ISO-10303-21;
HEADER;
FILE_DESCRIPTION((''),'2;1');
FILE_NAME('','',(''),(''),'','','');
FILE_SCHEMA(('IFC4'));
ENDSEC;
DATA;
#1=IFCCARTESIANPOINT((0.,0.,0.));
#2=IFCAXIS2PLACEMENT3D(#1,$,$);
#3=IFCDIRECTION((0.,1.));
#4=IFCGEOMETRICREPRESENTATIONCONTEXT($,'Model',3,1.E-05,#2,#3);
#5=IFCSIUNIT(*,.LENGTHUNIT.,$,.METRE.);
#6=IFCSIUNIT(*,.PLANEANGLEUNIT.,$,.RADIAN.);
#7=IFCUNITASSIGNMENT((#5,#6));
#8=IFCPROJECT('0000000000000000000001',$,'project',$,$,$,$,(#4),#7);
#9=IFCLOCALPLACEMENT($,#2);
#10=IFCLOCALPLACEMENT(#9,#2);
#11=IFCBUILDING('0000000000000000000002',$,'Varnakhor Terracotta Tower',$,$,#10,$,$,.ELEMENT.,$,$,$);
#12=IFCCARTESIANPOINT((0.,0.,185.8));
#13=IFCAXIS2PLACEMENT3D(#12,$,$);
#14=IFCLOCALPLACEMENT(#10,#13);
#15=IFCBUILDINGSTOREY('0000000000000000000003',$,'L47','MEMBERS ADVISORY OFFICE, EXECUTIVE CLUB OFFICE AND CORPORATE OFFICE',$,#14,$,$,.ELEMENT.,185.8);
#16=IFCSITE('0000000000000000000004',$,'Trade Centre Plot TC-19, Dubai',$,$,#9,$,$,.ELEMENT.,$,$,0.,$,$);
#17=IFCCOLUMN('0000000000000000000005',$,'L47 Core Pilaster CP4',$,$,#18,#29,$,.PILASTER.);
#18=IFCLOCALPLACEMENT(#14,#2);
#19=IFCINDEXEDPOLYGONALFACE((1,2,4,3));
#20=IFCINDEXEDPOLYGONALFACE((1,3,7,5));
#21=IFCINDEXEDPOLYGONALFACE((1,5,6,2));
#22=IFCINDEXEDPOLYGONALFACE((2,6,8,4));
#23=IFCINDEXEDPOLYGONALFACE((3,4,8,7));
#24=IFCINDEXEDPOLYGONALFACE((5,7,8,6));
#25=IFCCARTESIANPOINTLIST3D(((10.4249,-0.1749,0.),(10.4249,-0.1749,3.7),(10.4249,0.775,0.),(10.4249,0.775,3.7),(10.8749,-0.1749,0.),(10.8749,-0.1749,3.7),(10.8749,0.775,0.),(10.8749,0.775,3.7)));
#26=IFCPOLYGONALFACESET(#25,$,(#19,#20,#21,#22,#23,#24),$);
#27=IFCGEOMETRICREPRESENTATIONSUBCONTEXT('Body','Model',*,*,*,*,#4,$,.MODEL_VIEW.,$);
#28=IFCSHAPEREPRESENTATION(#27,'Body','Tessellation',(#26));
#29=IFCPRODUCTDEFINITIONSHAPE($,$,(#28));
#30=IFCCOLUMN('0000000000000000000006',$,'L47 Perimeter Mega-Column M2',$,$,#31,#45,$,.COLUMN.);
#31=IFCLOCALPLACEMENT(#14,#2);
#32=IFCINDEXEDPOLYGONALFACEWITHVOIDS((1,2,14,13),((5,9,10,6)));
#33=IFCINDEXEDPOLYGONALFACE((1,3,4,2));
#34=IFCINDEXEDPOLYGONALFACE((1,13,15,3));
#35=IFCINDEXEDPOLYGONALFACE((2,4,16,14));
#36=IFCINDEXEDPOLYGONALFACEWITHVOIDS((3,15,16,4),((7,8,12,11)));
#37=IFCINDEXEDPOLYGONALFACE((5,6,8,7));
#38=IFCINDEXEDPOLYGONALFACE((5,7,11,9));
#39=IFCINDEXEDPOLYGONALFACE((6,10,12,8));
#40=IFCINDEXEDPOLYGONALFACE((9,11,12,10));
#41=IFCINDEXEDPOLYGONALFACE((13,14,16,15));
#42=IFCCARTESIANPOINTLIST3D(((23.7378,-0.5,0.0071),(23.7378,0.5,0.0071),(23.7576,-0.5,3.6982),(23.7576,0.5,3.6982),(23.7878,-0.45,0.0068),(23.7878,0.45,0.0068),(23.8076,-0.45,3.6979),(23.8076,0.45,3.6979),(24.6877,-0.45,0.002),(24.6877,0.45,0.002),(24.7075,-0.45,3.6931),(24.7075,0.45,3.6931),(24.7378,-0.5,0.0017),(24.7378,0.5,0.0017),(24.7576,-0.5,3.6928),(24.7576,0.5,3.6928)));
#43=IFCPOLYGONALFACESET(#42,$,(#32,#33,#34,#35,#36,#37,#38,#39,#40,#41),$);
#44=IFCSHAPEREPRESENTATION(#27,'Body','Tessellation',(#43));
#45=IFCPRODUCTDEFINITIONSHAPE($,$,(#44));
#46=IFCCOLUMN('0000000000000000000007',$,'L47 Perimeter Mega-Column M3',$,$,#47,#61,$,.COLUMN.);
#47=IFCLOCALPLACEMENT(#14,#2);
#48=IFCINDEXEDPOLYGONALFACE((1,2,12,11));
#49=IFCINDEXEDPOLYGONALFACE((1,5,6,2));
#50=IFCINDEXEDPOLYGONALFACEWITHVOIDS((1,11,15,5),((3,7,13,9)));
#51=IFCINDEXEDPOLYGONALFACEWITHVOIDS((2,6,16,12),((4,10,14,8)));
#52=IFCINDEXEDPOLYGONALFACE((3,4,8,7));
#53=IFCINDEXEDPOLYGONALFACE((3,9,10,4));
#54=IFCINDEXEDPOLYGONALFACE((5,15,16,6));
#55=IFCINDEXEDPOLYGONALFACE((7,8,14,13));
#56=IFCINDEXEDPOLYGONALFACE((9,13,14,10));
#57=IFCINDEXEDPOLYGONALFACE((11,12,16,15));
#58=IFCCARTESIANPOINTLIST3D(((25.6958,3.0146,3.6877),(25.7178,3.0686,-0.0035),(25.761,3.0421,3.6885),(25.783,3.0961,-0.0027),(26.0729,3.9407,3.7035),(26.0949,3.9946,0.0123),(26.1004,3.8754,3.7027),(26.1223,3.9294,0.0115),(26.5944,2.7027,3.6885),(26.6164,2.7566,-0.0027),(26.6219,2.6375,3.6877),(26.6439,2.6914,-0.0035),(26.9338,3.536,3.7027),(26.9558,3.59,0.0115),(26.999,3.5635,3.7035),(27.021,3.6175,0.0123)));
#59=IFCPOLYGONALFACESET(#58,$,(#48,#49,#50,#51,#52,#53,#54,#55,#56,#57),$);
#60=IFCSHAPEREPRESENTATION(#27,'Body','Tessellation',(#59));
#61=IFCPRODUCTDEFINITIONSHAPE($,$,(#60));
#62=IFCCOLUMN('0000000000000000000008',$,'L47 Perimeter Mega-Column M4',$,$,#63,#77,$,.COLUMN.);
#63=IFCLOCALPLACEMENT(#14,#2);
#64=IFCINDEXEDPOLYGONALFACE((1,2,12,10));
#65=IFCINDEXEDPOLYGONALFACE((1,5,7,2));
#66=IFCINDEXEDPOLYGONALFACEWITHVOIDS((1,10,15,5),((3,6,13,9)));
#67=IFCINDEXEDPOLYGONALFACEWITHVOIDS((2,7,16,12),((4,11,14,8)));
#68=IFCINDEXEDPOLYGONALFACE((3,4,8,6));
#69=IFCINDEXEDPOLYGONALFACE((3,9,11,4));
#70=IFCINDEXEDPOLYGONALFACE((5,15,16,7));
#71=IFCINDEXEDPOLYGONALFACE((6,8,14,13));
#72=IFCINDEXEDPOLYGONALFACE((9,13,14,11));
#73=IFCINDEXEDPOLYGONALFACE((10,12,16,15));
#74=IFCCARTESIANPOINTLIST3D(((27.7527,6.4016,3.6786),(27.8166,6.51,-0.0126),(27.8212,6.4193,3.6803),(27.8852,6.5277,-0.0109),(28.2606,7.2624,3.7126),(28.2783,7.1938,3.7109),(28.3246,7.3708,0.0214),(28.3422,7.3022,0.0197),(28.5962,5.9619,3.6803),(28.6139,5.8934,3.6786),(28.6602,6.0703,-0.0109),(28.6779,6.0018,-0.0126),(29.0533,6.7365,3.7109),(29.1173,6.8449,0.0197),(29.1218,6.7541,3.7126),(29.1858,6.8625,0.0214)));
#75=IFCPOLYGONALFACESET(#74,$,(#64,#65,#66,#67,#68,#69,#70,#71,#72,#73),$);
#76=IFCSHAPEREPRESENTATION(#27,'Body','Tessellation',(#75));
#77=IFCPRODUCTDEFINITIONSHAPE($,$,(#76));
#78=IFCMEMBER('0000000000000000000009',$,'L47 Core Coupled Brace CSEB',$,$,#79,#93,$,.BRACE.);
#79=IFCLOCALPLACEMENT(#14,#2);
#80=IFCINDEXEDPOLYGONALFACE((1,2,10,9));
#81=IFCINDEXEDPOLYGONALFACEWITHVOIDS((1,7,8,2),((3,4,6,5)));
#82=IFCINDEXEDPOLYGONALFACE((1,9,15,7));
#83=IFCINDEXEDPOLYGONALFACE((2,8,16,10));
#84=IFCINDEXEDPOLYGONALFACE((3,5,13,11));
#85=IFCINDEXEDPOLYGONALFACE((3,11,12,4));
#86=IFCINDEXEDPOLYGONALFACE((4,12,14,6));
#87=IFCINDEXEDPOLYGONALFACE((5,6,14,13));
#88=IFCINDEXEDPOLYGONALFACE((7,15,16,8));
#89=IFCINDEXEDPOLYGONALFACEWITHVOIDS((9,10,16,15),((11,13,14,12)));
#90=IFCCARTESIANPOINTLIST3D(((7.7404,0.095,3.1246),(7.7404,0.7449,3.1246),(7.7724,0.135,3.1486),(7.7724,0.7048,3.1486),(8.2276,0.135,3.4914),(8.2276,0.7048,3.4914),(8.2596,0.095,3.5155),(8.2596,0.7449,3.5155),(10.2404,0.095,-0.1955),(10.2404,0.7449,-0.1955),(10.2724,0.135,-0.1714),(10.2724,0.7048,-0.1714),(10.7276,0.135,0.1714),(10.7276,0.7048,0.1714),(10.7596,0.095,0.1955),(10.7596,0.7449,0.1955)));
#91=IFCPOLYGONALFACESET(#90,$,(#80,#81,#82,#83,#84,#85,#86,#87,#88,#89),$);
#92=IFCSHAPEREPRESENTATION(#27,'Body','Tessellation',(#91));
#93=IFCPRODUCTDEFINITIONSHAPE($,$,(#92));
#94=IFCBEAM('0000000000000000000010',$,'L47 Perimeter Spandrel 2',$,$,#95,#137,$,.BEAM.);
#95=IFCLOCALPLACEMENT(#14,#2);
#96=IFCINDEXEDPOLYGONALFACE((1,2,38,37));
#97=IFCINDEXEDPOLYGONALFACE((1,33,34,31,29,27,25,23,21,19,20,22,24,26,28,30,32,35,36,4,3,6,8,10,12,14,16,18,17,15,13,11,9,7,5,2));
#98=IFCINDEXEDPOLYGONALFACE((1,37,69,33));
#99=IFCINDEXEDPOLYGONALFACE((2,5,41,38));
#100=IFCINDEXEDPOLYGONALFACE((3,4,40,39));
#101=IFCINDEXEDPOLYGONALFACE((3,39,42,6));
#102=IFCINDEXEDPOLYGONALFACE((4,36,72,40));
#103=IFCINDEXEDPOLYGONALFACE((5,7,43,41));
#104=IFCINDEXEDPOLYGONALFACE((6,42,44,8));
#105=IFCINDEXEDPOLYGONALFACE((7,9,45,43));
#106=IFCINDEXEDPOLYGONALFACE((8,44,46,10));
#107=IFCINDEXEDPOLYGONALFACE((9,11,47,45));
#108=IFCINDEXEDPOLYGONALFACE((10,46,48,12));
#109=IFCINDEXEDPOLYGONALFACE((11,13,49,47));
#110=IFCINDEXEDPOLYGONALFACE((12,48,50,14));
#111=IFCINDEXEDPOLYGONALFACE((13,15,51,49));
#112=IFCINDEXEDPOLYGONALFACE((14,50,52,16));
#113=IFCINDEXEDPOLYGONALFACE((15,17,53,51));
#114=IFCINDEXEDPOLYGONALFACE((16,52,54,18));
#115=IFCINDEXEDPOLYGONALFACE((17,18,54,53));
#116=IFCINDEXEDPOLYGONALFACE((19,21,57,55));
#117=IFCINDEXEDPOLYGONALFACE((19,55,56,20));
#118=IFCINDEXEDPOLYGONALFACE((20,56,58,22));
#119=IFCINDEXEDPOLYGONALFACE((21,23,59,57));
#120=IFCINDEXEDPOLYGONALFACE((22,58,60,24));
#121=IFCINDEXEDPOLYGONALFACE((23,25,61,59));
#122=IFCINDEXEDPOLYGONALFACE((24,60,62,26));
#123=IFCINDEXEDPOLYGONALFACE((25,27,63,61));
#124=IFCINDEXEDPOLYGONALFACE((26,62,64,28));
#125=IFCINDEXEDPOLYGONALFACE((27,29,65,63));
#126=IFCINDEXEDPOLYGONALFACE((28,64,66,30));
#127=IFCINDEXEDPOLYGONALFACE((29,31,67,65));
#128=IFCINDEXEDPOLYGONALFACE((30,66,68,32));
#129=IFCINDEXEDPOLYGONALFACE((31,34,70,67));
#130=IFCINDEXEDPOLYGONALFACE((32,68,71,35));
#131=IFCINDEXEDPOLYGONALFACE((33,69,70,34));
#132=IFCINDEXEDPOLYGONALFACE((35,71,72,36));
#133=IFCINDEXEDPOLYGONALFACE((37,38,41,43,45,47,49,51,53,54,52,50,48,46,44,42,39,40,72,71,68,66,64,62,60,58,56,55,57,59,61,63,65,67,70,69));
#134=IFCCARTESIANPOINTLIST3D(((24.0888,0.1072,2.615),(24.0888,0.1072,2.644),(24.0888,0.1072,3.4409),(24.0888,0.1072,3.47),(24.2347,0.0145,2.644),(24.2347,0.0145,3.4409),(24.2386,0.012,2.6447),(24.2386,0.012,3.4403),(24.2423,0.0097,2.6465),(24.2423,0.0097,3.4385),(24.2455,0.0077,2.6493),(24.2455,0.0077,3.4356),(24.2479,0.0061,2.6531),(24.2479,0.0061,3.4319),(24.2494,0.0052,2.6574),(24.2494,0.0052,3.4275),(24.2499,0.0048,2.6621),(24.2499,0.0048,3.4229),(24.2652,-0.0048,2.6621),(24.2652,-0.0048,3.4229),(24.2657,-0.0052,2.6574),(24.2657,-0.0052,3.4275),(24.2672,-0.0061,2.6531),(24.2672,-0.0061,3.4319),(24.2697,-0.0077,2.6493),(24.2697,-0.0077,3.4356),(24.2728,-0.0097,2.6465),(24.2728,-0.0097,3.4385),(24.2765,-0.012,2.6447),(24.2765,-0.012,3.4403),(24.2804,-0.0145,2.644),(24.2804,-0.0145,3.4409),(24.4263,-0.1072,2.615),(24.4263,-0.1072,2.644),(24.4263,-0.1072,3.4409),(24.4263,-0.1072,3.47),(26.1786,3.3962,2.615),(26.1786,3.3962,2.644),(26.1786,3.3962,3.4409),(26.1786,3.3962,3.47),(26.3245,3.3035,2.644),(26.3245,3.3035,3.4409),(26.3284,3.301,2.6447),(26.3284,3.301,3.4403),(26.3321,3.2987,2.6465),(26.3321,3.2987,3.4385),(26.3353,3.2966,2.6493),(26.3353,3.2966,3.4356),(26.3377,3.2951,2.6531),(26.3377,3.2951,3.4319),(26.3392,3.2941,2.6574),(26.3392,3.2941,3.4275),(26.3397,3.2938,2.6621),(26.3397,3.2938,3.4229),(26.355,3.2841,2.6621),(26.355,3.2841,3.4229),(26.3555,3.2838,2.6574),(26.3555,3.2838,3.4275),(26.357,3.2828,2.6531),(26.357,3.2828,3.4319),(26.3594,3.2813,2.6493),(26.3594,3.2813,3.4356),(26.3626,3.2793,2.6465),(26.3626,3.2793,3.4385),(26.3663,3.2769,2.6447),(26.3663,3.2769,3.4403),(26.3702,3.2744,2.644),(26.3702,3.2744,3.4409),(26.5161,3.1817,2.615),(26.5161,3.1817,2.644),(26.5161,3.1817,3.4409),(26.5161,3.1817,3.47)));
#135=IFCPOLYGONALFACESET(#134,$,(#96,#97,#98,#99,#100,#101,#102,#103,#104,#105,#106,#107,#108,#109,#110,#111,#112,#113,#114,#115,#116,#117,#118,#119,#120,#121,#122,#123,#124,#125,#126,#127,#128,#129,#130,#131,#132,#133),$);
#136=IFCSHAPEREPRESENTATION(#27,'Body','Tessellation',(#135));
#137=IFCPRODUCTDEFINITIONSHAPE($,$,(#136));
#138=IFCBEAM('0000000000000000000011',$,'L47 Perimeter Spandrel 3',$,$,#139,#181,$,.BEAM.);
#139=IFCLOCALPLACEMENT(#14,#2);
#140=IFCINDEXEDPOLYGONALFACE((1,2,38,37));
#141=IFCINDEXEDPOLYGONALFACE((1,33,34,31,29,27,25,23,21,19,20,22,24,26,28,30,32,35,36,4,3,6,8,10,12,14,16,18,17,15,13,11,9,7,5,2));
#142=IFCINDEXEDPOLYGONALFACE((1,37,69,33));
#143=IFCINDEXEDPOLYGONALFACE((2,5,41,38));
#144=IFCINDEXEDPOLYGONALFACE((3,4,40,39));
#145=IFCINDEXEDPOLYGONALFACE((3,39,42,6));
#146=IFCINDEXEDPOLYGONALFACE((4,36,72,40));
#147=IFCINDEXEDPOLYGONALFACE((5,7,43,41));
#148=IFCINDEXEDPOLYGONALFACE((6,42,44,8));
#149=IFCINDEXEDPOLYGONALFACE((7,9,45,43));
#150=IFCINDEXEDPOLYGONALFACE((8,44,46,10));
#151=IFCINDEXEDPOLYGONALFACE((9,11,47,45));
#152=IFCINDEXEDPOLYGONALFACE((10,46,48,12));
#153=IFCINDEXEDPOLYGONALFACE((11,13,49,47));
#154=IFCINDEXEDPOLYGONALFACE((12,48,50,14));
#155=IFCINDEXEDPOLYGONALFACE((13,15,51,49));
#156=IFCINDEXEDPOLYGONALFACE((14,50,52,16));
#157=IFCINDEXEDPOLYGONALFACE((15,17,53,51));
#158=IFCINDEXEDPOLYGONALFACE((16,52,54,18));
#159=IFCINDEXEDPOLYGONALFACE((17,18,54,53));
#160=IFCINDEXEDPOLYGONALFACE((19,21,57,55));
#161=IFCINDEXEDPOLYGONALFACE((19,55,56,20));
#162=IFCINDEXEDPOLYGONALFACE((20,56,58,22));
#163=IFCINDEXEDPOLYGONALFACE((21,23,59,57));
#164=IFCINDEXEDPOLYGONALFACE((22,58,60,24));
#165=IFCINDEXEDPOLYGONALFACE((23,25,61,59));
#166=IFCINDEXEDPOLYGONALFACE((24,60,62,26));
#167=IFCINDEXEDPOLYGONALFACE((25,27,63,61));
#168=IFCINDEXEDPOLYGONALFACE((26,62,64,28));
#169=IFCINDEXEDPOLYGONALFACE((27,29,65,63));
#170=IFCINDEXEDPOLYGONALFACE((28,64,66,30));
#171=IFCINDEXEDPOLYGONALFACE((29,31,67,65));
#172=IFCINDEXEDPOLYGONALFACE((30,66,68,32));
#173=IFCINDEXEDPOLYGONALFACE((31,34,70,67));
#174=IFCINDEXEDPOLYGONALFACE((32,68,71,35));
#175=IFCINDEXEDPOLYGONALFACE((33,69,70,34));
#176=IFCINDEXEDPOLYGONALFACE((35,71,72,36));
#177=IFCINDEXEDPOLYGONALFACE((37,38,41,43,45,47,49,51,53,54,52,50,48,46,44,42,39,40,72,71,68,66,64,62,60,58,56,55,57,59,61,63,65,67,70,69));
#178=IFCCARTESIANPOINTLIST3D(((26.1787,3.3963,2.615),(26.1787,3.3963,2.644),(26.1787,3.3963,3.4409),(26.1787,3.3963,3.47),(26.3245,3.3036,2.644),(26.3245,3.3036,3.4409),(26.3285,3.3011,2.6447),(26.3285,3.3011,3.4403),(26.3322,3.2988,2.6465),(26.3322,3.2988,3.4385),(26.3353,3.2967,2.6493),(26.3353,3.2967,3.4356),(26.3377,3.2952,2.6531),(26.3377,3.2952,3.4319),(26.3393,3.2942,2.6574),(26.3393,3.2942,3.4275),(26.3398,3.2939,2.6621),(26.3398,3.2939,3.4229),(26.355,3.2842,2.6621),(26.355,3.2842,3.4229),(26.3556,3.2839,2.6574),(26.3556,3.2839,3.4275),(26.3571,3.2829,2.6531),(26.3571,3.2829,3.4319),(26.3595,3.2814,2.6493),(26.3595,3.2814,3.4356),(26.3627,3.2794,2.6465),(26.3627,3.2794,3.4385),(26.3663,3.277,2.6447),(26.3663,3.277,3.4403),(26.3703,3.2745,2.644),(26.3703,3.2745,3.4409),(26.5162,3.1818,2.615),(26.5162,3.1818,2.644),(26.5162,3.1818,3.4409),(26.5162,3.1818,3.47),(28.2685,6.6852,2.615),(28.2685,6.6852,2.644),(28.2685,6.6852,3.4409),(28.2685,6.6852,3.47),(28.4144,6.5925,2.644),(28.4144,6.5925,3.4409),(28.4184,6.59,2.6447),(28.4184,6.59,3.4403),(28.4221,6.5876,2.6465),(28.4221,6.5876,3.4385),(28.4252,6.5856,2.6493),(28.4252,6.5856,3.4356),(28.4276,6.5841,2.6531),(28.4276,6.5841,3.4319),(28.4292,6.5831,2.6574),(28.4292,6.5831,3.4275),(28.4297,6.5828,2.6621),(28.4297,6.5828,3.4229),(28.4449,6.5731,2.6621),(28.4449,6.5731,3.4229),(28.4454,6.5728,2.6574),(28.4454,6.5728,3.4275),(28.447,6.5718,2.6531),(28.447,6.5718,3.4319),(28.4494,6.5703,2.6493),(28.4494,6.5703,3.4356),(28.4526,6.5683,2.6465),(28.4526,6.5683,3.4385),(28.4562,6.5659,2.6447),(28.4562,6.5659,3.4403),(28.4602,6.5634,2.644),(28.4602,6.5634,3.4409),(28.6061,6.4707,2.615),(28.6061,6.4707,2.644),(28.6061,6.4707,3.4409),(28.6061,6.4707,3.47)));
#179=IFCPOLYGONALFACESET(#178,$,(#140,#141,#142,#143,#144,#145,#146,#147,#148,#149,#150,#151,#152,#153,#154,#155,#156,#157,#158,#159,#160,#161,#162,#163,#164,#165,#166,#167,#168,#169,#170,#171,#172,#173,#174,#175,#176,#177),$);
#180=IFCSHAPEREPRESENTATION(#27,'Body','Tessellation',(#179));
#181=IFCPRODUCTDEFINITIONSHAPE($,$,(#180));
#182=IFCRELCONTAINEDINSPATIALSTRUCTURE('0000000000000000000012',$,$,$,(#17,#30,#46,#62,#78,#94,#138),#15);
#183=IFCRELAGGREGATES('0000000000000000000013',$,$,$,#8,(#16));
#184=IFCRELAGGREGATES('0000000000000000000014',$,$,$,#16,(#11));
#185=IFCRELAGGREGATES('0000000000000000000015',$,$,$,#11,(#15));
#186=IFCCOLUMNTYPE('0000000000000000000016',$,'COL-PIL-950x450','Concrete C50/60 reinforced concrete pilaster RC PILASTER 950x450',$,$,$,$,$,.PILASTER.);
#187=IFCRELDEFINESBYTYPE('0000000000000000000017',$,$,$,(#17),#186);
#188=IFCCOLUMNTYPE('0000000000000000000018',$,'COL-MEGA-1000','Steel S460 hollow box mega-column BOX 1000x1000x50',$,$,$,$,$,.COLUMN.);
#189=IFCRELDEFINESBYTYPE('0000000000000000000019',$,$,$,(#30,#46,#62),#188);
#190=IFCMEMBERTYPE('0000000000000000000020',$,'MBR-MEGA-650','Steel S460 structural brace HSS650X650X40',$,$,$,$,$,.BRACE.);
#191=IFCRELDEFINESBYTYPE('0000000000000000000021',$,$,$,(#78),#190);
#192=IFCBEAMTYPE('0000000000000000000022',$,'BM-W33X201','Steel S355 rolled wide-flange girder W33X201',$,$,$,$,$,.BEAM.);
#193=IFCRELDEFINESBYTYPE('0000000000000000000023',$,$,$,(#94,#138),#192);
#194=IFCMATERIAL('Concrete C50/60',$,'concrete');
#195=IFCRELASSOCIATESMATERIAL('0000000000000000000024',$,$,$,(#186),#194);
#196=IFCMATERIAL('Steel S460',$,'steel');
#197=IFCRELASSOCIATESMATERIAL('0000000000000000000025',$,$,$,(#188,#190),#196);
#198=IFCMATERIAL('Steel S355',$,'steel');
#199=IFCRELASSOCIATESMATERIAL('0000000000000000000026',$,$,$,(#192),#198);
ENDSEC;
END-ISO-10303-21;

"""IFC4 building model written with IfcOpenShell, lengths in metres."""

from ifc_helpers import new_model, si_unit, direction, frame, origin, origin_2d, place, context, subcontext, project, spatial, rectangle, hollow_rectangle, i_section, extrude, source, transform, mapped, material, material_profile, profile_set, type_object, element, save


model = new_model("IFC4")

# Units and contexts
model_context = context("Model", 3, precision=1e-05, world=origin(), true_north=direction((0.0, 1.0)))
body_context = subcontext(model_context, "Body", "Model", "MODEL_VIEW")
ifc_project = project(units=[si_unit("LENGTHUNIT", "METRE"), si_unit("PLANEANGLEUNIT", "RADIAN")], contexts=[model_context])

# Site, building, storey
site_placement = place(None, origin())
site = spatial("IfcSite", under=ifc_project, at=site_placement, Name="Trade Centre Plot TC-19, Dubai", CompositionType="ELEMENT", RefElevation=0.0)
building_placement = place(site_placement, origin())
building = spatial("IfcBuilding", under=site, at=building_placement, Name="Varnakhor Terracotta Tower", CompositionType="ELEMENT")
storey_placement = place(building_placement, frame((0.0, 0.0, 185.8)))
storey = spatial("IfcBuildingStorey", under=building, at=storey_placement, Name="L47", Description="MEMBERS ADVISORY OFFICE, EXECUTIVE CLUB OFFICE AND CORPORATE OFFICE", CompositionType="ELEMENT", Elevation=185.8)

# Columns
ifc_material_1 = material(Name="Concrete C50/60", Category="concrete")
ifc_material_profile_1 = material_profile(ifc_material_1, rectangle(XDim=0.45, YDim=0.95, at=origin_2d()), Name="RC PILASTER 950x450")
ifc_profile_set_1 = profile_set([ifc_material_profile_1], Name="Concrete C50/60")
column_type_1 = type_object("IfcColumnType", Name="COL-PIL-950x450", Description="Concrete C50/60 reinforced concrete pilaster RC PILASTER 950x450", PredefinedType="PILASTER", material=ifc_profile_set_1)
shared_shape_1 = source(origin(), body_context, "Body", "SweptSolid", [
    extrude(rectangle(XDim=0.45, YDim=0.95, at=origin_2d()), origin(), (0.0, 0.0, 1.0), 3.7),
])
column_1_placement = place(storey_placement, frame((10.6499, 0.3, 0.0), z_axis=(0.0, 0.0, 1.0), x_axis=(1.0, 0.0, 0.0)))
element("IfcColumn", 1, at=column_1_placement, inside=storey, type_object=column_type_1, Name="L47 Core Pilaster CP4", PredefinedType="PILASTER", context=body_context, shape_type="MappedRepresentation", body=[
    mapped(shared_shape_1, transform((0.0, 0.0, 0.0), scale=1.0)),
])
ifc_material_2 = material(Name="Steel S460", Category="steel")
ifc_material_profile_2 = material_profile(ifc_material_2, hollow_rectangle(XDim=1.0, YDim=1.0, WallThickness=0.05, at=origin_2d()), Name="BOX 1000x1000x50")
ifc_profile_set_2 = profile_set([ifc_material_profile_2], Name="Steel S460")
column_type_2 = type_object("IfcColumnType", Name="COL-MEGA-1000", Description="Steel S460 hollow box mega-column BOX 1000x1000x50", PredefinedType="COLUMN", material=ifc_profile_set_2)
shared_shape_2 = source(origin(), body_context, "Body", "SweptSolid", [
    extrude(hollow_rectangle(XDim=1.0, YDim=1.0, WallThickness=0.05, at=origin_2d()), origin(), (0.0, 0.0, 1.0), 3.6912),
])
column_2_placement = place(storey_placement, frame((24.2378, 0.0, 0.0044), z_axis=(0.005357, 0.0, 0.999986), x_axis=(0.0, 1.0, 0.0)))
element("IfcColumn", 2, at=column_2_placement, inside=storey, type_object=column_type_2, Name="L47 Perimeter Mega-Column M2", PredefinedType="COLUMN", context=body_context, shape_type="MappedRepresentation", body=[
    mapped(shared_shape_2, transform((0.0, 0.0, 0.0), scale=1.0)),
])
shared_shape_3 = source(origin(), body_context, "Body", "SweptSolid", [
    extrude(hollow_rectangle(XDim=1.0, YDim=1.0, WallThickness=0.05, at=origin_2d()), origin(), (0.0, 0.0, 1.0), 3.6917),
])
column_3_placement = place(storey_placement, frame((26.3694, 3.343, 0.0044), z_axis=(-0.005952, -0.014616, 0.999875), x_axis=(0.926147, -0.377164, 0.0)))
element("IfcColumn", 3, at=column_3_placement, inside=storey, type_object=column_type_2, Name="L47 Perimeter Mega-Column M3", PredefinedType="COLUMN", context=body_context, shape_type="MappedRepresentation", body=[
    mapped(shared_shape_3, transform((0.0, 0.0, 0.0), scale=1.0)),
])
shared_shape_4 = source(origin(), body_context, "Body", "SweptSolid", [
    extrude(hollow_rectangle(XDim=1.0, YDim=1.0, WallThickness=0.05, at=origin_2d()), origin(), (0.0, 0.0, 1.0), 3.6934),
])
column_4_placement = place(storey_placement, frame((28.5012, 6.6863, 0.0044), z_axis=(-0.017319, -0.02935, 0.999419), x_axis=(0.861235, -0.508206, 0.0)))
element("IfcColumn", 4, at=column_4_placement, inside=storey, type_object=column_type_2, Name="L47 Perimeter Mega-Column M4", PredefinedType="COLUMN", context=body_context, shape_type="MappedRepresentation", body=[
    mapped(shared_shape_4, transform((0.0, 0.0, 0.0), scale=1.0)),
])

# Member
ifc_material_profile_3 = material_profile(ifc_material_2, hollow_rectangle(XDim=0.6499, YDim=0.6499, WallThickness=0.04, at=origin_2d()), Name="HSS650X650X40")
ifc_profile_set_3 = profile_set([ifc_material_profile_3], Name="Steel S460")
member_type_1 = type_object("IfcMemberType", Name="MBR-MEGA-650", Description="Steel S460 structural brace HSS650X650X40", PredefinedType="BRACE", material=ifc_profile_set_3)
shared_shape_5 = source(origin(), body_context, "Body", "SweptSolid", [
    extrude(hollow_rectangle(XDim=0.6499, YDim=0.6499, WallThickness=0.04, at=origin_2d()), origin(), (0.0, 0.0, 1.0), 4.156),
])
member_1_placement = place(storey_placement, frame((10.5, 0.4199, 0.0), z_axis=(-0.601531, 0.0, 0.79885), x_axis=(0.0, -1.0, 0.0)))
element("IfcMember", 5, at=member_1_placement, inside=storey, type_object=member_type_1, Name="L47 Core Coupled Brace CSEB", PredefinedType="BRACE", context=body_context, shape_type="MappedRepresentation", body=[
    mapped(shared_shape_5, transform((0.0, 0.0, 0.0), scale=1.0)),
])

# Beams
ifc_material_3 = material(Name="Steel S355", Category="steel")
ifc_material_profile_4 = material_profile(ifc_material_3, i_section(OverallWidth=0.3999, OverallDepth=0.855, WebThickness=0.0181, FlangeThickness=0.0291, FilletRadius=0.0181, at=origin_2d()), Name="W33X201")
ifc_profile_set_4 = profile_set([ifc_material_profile_4], Name="Steel S355")
beam_type_1 = type_object("IfcBeamType", Name="BM-W33X201", Description="Steel S355 rolled wide-flange girder W33X201", PredefinedType="BEAM", material=ifc_profile_set_4)
shared_shape_6 = source(origin(), body_context, "Body", "SweptSolid", [
    extrude(i_section(OverallWidth=0.3999, OverallDepth=0.855, WebThickness=0.0181, FlangeThickness=0.0291, FilletRadius=0.0181, at=origin_2d()), origin(), (0.0, 0.0, 1.0), 3.8967),
])
for number, where, z_axis, x_axis, name in (
    (6, (24.2576, 0.0, 3.0425), (0.536292, 0.844033, 0.0), (-0.844033, 0.536292, 0.0), "L47 Perimeter Spandrel 2"),
    (7, (26.3474, 3.2891, 3.0425), (0.53632, 0.844015, 0.0), (-0.844015, 0.53632, 0.0), "L47 Perimeter Spandrel 3"),
):
    element("IfcBeam", number, at=place(storey_placement, frame(where, z_axis=z_axis, x_axis=x_axis)), inside=storey, type_object=beam_type_1, Name=name, PredefinedType="BEAM", context=body_context, shape_type="MappedRepresentation", body=[
        mapped(shared_shape_6, transform((0.0, 0.0, 0.0), scale=1.0)),
    ])

save(model, "model.ifc")
